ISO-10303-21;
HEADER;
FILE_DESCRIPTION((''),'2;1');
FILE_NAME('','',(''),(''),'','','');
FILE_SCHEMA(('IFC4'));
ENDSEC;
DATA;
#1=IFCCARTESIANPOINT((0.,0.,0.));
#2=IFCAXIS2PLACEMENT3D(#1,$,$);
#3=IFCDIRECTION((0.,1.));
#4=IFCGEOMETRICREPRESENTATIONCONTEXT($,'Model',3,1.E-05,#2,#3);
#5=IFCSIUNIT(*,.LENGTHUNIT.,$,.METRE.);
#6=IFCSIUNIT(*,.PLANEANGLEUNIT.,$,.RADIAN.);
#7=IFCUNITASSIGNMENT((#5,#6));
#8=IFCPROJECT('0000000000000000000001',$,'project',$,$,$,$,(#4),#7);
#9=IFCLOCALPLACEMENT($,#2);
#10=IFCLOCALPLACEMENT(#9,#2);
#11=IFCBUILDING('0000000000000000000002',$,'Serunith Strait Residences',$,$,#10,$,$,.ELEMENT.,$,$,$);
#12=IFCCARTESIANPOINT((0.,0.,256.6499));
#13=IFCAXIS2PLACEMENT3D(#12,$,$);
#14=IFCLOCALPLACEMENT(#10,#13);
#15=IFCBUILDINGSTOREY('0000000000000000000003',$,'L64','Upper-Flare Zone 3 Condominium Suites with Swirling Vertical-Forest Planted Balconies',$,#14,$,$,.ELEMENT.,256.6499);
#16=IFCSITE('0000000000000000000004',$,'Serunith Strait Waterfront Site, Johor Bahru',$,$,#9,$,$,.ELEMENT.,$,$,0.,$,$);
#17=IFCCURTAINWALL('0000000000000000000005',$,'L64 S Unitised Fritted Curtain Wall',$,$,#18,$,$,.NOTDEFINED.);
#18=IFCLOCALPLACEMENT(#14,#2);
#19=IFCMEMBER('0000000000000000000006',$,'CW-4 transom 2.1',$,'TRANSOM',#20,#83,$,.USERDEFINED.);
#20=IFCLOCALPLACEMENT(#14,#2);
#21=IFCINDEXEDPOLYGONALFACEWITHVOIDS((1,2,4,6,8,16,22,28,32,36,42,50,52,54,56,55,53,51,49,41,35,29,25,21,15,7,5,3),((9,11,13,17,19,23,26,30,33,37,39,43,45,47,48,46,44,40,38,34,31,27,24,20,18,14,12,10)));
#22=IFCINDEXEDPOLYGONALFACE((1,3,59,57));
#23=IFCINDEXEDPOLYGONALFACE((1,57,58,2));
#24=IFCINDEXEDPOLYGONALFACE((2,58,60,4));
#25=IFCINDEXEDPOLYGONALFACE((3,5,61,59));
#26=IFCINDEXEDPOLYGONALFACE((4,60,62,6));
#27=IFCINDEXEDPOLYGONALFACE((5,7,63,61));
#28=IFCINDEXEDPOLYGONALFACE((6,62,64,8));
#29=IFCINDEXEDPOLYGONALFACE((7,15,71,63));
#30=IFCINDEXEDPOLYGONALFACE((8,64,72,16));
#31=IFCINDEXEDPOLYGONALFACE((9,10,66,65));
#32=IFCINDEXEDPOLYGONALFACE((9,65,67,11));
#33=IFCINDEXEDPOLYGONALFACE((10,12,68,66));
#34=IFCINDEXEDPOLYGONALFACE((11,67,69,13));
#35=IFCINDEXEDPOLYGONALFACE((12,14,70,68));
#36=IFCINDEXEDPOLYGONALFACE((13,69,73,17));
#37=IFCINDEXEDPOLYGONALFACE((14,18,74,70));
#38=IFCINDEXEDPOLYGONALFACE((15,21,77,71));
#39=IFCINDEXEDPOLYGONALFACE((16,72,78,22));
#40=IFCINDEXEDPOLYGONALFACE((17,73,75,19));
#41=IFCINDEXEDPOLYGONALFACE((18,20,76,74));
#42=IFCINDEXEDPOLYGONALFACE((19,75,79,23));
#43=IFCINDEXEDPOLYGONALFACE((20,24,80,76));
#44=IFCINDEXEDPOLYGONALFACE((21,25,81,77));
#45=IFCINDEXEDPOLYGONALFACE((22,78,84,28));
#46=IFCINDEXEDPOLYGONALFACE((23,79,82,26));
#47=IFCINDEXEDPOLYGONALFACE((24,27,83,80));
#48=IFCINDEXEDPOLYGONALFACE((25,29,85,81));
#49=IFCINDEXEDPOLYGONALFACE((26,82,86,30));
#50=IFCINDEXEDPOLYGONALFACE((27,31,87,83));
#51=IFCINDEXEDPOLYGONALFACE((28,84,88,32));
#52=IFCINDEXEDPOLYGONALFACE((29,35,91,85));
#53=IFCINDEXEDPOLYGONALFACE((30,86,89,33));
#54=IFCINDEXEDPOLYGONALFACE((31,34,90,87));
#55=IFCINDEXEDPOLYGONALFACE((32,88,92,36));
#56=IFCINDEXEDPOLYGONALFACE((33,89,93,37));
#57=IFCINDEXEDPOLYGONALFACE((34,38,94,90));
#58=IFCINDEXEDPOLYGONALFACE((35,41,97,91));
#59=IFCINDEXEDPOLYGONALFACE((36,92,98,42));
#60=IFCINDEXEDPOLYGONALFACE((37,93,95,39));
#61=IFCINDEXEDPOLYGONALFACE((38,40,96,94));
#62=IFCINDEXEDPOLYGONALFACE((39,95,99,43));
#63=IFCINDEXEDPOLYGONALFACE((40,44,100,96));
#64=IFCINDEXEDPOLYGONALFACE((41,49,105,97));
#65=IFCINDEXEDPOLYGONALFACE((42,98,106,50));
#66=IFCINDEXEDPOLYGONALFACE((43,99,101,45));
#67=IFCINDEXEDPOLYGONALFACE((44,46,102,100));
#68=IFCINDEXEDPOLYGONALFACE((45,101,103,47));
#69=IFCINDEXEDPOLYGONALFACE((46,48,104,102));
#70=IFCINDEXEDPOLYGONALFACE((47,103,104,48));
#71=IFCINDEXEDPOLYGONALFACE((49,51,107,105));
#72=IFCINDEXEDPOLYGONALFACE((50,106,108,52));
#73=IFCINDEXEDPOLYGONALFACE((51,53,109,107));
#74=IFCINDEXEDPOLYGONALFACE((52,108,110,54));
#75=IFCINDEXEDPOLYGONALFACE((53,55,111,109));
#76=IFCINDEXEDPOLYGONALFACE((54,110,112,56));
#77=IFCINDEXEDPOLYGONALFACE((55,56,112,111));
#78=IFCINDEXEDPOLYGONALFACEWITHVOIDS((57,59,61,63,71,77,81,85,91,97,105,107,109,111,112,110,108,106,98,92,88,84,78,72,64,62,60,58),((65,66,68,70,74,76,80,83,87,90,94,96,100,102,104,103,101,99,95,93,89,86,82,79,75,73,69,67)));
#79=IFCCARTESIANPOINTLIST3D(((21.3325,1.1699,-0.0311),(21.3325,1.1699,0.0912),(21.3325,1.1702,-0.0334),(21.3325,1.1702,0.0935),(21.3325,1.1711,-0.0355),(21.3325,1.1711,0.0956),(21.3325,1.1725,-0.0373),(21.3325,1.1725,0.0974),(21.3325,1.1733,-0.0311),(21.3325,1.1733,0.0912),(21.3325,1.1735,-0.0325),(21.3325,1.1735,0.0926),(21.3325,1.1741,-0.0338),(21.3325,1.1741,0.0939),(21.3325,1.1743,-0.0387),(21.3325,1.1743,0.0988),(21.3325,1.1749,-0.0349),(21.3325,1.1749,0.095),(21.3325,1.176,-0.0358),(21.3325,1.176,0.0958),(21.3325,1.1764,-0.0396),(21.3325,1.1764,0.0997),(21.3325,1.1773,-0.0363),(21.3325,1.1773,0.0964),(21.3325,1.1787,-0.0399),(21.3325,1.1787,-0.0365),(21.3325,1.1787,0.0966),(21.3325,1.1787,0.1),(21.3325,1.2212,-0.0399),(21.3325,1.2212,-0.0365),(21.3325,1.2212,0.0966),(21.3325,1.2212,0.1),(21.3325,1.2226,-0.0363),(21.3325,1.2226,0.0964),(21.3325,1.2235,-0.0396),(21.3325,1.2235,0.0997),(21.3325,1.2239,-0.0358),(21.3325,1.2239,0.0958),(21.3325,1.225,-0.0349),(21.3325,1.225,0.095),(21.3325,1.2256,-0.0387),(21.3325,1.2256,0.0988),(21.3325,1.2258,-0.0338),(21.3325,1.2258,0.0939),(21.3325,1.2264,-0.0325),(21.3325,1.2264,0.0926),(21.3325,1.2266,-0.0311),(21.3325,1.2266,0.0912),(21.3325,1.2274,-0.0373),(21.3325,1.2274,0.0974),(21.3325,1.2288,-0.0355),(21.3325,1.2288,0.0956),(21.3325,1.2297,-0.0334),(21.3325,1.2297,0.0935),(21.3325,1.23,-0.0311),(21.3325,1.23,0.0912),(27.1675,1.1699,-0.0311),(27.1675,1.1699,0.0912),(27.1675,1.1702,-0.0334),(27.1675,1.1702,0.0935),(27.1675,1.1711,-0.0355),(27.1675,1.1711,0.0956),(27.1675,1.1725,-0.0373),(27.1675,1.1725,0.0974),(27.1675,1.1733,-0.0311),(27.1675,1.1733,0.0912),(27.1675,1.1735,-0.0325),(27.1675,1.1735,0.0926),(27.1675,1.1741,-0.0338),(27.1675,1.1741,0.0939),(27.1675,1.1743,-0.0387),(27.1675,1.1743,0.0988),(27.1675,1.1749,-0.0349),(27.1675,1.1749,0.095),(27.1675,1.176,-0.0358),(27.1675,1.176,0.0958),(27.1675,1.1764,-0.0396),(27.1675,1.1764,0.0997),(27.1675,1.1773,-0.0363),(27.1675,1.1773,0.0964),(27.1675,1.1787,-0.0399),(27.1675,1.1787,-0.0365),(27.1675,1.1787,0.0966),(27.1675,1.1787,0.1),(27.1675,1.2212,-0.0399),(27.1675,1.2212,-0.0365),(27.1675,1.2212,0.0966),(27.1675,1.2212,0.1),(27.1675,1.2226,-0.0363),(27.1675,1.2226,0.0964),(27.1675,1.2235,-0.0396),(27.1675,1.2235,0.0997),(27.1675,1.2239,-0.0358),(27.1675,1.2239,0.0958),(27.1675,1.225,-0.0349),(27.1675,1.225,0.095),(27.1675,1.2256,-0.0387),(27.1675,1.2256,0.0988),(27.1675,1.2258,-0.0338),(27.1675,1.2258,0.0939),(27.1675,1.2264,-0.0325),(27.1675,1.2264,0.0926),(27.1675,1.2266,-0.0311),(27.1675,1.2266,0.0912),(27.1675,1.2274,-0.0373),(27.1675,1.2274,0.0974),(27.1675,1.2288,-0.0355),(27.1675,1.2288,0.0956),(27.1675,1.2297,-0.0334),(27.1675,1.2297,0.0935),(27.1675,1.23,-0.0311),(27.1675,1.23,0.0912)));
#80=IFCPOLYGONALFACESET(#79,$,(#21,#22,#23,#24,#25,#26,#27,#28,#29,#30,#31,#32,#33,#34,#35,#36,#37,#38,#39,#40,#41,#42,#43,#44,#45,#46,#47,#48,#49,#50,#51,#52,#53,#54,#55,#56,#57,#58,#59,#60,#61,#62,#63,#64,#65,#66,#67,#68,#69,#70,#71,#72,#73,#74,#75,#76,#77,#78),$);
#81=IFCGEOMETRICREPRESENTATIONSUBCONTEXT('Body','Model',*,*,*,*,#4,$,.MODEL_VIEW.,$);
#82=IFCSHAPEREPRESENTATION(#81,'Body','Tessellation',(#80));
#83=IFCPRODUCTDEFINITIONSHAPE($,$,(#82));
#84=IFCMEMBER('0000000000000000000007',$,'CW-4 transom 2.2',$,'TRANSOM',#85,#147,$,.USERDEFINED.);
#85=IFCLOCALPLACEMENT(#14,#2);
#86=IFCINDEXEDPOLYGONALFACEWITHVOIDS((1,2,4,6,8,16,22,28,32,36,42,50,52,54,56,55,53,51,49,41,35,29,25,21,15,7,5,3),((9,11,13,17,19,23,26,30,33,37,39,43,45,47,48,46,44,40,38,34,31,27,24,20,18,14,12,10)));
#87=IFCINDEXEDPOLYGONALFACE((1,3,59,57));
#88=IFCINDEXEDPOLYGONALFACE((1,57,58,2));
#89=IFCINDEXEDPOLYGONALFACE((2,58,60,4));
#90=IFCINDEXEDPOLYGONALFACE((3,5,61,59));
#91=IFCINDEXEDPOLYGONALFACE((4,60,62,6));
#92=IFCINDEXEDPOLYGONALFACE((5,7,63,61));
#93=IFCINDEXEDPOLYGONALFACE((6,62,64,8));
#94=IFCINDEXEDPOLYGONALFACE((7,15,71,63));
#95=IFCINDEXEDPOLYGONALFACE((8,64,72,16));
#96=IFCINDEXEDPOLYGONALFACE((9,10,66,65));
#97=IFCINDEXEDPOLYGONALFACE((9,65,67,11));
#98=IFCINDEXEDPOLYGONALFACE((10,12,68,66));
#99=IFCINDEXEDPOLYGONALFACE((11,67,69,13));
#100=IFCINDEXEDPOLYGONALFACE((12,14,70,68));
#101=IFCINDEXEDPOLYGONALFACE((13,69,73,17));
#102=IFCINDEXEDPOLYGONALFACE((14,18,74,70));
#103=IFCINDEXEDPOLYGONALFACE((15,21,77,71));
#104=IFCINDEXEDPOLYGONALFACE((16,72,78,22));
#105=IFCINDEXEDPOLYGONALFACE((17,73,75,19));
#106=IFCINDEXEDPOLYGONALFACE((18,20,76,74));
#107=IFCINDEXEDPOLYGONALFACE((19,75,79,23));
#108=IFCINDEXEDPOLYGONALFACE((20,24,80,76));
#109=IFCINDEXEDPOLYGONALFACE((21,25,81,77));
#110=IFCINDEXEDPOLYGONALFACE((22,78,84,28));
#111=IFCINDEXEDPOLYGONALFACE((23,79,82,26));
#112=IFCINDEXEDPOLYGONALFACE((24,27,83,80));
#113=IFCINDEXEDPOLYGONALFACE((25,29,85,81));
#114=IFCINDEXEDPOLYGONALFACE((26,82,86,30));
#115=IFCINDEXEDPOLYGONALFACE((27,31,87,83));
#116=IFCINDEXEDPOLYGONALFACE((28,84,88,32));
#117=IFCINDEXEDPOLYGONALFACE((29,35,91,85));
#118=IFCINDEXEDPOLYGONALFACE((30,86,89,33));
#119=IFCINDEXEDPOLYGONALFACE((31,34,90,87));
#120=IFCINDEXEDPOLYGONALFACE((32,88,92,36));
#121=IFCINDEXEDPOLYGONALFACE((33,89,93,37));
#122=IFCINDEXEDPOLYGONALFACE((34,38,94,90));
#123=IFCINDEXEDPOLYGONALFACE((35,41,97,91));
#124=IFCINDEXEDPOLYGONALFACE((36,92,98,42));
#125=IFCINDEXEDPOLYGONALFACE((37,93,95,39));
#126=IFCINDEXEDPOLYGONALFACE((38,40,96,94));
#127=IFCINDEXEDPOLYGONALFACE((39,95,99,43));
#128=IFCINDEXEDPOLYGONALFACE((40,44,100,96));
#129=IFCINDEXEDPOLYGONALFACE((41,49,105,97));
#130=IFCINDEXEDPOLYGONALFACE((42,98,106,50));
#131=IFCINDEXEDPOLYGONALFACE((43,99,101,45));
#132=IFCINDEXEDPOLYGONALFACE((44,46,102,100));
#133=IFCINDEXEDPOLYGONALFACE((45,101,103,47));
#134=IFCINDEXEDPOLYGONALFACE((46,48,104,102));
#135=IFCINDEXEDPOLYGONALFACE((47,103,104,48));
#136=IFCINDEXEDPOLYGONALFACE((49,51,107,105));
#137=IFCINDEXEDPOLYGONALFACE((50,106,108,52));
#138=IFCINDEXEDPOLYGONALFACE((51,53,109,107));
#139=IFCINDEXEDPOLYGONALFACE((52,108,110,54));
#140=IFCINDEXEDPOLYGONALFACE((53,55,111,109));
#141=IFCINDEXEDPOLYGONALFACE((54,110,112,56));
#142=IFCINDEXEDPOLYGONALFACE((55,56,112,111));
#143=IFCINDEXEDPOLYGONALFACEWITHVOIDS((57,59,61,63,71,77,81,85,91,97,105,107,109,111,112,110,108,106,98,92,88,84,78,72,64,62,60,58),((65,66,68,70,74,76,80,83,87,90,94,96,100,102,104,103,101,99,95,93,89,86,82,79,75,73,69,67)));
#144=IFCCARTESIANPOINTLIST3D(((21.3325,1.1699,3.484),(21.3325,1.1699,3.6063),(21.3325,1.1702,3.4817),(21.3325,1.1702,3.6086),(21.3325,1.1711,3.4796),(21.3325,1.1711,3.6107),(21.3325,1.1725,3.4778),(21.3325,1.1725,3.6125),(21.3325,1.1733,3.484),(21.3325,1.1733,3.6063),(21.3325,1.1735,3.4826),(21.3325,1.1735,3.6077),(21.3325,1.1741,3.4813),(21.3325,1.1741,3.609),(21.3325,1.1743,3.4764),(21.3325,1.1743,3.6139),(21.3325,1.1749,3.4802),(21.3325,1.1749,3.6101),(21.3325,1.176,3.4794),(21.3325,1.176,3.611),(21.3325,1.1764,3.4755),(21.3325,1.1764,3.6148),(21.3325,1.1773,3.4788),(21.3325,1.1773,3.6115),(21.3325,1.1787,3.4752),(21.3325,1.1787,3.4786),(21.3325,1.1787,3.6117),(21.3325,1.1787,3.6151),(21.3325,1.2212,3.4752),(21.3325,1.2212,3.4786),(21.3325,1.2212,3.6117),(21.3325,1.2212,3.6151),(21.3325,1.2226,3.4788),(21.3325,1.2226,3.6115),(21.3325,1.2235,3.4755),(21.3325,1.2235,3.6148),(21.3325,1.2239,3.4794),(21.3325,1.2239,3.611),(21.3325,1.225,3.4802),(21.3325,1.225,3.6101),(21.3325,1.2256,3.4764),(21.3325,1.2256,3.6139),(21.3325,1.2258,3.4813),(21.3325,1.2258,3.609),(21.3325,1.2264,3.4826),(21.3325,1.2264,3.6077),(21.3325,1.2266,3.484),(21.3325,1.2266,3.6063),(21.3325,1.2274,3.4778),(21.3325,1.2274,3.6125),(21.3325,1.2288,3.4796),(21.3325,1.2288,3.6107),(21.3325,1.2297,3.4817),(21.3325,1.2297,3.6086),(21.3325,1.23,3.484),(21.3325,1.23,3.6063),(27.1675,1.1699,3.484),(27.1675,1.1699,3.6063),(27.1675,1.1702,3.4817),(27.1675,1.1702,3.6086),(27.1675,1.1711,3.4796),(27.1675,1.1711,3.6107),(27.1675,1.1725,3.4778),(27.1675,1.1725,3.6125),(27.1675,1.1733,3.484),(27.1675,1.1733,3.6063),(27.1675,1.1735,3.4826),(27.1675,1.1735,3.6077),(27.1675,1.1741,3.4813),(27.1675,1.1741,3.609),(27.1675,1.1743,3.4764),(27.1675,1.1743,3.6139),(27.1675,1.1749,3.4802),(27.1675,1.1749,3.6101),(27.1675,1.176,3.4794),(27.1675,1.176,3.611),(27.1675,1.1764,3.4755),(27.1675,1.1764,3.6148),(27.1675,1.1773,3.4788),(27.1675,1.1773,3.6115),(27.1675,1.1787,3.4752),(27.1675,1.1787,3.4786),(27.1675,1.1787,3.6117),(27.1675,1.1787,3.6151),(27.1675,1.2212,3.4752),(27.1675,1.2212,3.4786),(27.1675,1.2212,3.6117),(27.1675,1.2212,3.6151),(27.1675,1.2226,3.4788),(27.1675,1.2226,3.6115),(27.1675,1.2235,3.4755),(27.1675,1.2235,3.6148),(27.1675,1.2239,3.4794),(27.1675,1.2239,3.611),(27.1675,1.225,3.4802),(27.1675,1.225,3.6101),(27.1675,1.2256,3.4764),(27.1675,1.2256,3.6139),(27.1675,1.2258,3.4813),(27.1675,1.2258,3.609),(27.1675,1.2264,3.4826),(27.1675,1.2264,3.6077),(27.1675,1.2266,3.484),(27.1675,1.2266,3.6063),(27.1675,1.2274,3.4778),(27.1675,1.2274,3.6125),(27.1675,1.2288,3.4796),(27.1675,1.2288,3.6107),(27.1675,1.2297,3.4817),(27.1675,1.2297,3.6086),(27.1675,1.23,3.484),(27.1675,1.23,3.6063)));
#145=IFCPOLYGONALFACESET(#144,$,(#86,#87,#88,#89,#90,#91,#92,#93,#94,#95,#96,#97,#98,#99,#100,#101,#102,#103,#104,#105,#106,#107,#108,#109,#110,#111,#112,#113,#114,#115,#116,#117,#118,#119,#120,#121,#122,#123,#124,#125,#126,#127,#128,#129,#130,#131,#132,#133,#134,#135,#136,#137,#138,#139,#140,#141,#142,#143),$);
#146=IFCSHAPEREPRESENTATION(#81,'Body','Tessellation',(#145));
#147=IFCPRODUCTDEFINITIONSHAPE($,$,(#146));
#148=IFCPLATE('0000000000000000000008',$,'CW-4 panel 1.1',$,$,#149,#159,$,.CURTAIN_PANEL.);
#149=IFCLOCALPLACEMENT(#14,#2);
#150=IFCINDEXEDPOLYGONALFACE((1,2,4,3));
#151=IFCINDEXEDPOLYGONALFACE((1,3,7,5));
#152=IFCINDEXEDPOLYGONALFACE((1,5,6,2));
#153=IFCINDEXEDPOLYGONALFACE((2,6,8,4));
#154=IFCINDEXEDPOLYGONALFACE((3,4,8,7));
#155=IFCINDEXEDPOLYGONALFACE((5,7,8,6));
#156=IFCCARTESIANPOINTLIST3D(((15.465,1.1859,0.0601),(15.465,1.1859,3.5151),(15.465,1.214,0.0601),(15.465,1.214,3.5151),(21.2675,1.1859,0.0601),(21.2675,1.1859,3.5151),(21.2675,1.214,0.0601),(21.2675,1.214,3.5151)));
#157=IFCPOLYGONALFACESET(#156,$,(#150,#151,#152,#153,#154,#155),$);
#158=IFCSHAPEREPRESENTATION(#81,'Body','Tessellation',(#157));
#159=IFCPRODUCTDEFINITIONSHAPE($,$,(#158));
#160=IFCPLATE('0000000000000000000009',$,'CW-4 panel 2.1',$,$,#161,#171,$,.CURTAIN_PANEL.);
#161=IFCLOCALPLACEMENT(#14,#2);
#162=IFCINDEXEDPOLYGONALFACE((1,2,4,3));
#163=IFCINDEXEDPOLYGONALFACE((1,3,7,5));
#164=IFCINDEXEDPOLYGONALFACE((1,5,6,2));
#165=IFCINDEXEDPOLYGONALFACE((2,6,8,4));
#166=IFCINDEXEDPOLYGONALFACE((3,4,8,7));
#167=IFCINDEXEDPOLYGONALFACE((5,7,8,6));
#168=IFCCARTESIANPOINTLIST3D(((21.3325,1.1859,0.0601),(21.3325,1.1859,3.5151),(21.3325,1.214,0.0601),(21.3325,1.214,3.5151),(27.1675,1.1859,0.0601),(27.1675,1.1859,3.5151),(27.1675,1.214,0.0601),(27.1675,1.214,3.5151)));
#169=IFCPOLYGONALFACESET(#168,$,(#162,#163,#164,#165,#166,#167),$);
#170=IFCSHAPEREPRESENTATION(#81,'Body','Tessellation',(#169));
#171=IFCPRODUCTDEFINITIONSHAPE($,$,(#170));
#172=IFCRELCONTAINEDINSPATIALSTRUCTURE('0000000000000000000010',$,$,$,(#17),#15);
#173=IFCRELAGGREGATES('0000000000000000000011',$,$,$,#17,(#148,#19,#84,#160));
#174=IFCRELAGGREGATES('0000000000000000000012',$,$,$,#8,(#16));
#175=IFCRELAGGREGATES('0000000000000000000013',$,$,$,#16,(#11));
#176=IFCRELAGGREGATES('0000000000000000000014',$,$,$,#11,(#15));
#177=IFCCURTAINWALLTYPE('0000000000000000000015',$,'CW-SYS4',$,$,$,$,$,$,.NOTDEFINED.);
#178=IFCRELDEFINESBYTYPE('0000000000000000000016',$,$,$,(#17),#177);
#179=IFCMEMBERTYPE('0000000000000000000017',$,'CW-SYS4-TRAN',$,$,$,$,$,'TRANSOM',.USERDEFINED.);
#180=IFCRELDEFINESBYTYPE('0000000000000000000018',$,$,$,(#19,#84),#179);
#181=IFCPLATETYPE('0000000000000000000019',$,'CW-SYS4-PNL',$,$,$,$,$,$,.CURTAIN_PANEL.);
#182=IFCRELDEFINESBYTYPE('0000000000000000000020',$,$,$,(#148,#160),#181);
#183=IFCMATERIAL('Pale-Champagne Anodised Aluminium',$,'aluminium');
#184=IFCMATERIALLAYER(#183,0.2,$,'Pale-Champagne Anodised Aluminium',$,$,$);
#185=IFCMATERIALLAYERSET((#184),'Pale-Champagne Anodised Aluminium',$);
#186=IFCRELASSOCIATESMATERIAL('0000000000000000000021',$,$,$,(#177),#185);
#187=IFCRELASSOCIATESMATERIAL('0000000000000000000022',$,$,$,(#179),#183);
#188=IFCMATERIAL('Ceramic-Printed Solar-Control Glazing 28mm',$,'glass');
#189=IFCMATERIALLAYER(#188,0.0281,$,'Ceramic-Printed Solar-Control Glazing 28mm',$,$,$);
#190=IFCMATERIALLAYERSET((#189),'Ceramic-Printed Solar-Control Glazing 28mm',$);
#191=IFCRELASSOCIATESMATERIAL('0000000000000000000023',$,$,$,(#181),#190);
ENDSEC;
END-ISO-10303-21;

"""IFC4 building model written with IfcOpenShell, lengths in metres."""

from ifc_helpers import new_model, si_unit, direction, frame, origin, origin_2d, place, context, subcontext, project, spatial, rectangle, hollow_rectangle, extrude, source, transform, mapped, material, layer, layer_set, material_profile, profile_set, type_object, element, aggregate, save


model = new_model("IFC4")

# Units and contexts
model_context = context("Model", 3, precision=1e-05, world=origin(), true_north=direction((0.0, 1.0)))
body_context = subcontext(model_context, "Body", "Model", "MODEL_VIEW")
ifc_project = project(units=[si_unit("LENGTHUNIT", "METRE"), si_unit("PLANEANGLEUNIT", "RADIAN")], contexts=[model_context])

# Site, building, storey
site_placement = place(None, origin())
site = spatial("IfcSite", under=ifc_project, at=site_placement, Name="Serunith Strait Waterfront Site, Johor Bahru", CompositionType="ELEMENT", RefElevation=0.0)
building_placement = place(site_placement, origin())
building = spatial("IfcBuilding", under=site, at=building_placement, Name="Serunith Strait Residences", CompositionType="ELEMENT")
storey_placement = place(building_placement, frame((0.0, 0.0, 256.6499)))
storey = spatial("IfcBuildingStorey", under=building, at=storey_placement, Name="L64", Description="Upper-Flare Zone 3 Condominium Suites with Swirling Vertical-Forest Planted Balconies", CompositionType="ELEMENT", Elevation=256.6499)

# Curtain wall, members, plates
ifc_material_1 = material(Name="Pale-Champagne Anodised Aluminium", Category="aluminium")
ifc_layer_1 = layer(ifc_material_1, 0.2, Name="Pale-Champagne Anodised Aluminium")
ifc_layer_set_1 = layer_set([ifc_layer_1], Name="Pale-Champagne Anodised Aluminium")
curtain_wall_type = type_object("IfcCurtainWallType", Name="CW-SYS4", PredefinedType="NOTDEFINED", material=ifc_layer_set_1)
curtain_wall_placement = place(storey_placement, origin())
curtain_wall = element("IfcCurtainWall", 1, at=curtain_wall_placement, inside=storey, type_object=curtain_wall_type, Name="L64 S Unitised Fritted Curtain Wall", PredefinedType="NOTDEFINED")
ifc_material_profile_1 = material_profile(ifc_material_1, hollow_rectangle(XDim=0.0601, YDim=0.1399, WallThickness=0.0034, InnerFilletRadius=0.0054, OuterFilletRadius=0.0088, at=origin_2d()), Name="ALU 140x60x3.5")
ifc_profile_set_1 = profile_set([ifc_material_profile_1], Name="Pale-Champagne Anodised Aluminium")
member_type_1 = type_object("IfcMemberType", Name="CW-SYS4-TRAN", ElementType="TRANSOM", PredefinedType="USERDEFINED", material=ifc_profile_set_1)
shared_shape_1 = source(origin(), body_context, "Body", "SweptSolid", [
    extrude(hollow_rectangle(XDim=0.0601, YDim=0.1399, WallThickness=0.0034, InnerFilletRadius=0.0054, OuterFilletRadius=0.0088, at=origin_2d()), origin(), (0.0, 0.0, 1.0), 5.835),
])
member_1_placement = place(storey_placement, frame((21.3325, 1.2, 0.03), z_axis=(1.0, 0.0, 0.0), x_axis=(0.0, 1.0, 0.0)))
member_1 = element("IfcMember", 2, at=member_1_placement, type_object=member_type_1, Name="CW-4 transom 2.1", ObjectType="TRANSOM", PredefinedType="USERDEFINED", context=body_context, shape_type="MappedRepresentation", body=[
    mapped(shared_shape_1, transform((0.0, 0.0, 0.0), scale=1.0)),
])
member_2_placement = place(storey_placement, frame((21.3325, 1.2, 3.5452), z_axis=(1.0, 0.0, 0.0), x_axis=(0.0, 1.0, 0.0)))
member_2 = element("IfcMember", 3, at=member_2_placement, type_object=member_type_1, Name="CW-4 transom 2.2", ObjectType="TRANSOM", PredefinedType="USERDEFINED", context=body_context, shape_type="MappedRepresentation", body=[
    mapped(shared_shape_1, transform((0.0, 0.0, 0.0), scale=1.0)),
])
ifc_material_2 = material(Name="Ceramic-Printed Solar-Control Glazing 28mm", Category="glass")
ifc_layer_2 = layer(ifc_material_2, 0.0281, Name="Ceramic-Printed Solar-Control Glazing 28mm")
ifc_layer_set_2 = layer_set([ifc_layer_2], Name="Ceramic-Printed Solar-Control Glazing 28mm")
plate_type = type_object("IfcPlateType", Name="CW-SYS4-PNL", PredefinedType="CURTAIN_PANEL", material=ifc_layer_set_2)
shared_shape_2 = source(origin(), body_context, "Body", "SweptSolid", [
    extrude(rectangle(XDim=5.8025, YDim=0.0281, at=origin_2d()), origin(), (0.0, 0.0, 1.0), 3.4551),
])
plate_1_placement = place(storey_placement, frame((18.3662, 1.2, 0.0601), z_axis=(0.0, 0.0, 1.0), x_axis=(1.0, 0.0, 0.0)))
plate_1 = element("IfcPlate", 4, at=plate_1_placement, type_object=plate_type, Name="CW-4 panel 1.1", PredefinedType="CURTAIN_PANEL", context=body_context, shape_type="MappedRepresentation", body=[
    mapped(shared_shape_2, transform((0.0, 0.0, 0.0), scale=1.0)),
])
shared_shape_3 = source(origin(), body_context, "Body", "SweptSolid", [
    extrude(rectangle(XDim=5.835, YDim=0.0281, at=origin_2d()), origin(), (0.0, 0.0, 1.0), 3.4551),
])
plate_2_placement = place(storey_placement, frame((24.25, 1.2, 0.0601), z_axis=(0.0, 0.0, 1.0), x_axis=(1.0, 0.0, 0.0)))
plate_2 = element("IfcPlate", 5, at=plate_2_placement, type_object=plate_type, Name="CW-4 panel 2.1", PredefinedType="CURTAIN_PANEL", context=body_context, shape_type="MappedRepresentation", body=[
    mapped(shared_shape_3, transform((0.0, 0.0, 0.0), scale=1.0)),
])
aggregate(curtain_wall, [plate_1, member_1, member_2, plate_2])

save(model, "model.ifc")
